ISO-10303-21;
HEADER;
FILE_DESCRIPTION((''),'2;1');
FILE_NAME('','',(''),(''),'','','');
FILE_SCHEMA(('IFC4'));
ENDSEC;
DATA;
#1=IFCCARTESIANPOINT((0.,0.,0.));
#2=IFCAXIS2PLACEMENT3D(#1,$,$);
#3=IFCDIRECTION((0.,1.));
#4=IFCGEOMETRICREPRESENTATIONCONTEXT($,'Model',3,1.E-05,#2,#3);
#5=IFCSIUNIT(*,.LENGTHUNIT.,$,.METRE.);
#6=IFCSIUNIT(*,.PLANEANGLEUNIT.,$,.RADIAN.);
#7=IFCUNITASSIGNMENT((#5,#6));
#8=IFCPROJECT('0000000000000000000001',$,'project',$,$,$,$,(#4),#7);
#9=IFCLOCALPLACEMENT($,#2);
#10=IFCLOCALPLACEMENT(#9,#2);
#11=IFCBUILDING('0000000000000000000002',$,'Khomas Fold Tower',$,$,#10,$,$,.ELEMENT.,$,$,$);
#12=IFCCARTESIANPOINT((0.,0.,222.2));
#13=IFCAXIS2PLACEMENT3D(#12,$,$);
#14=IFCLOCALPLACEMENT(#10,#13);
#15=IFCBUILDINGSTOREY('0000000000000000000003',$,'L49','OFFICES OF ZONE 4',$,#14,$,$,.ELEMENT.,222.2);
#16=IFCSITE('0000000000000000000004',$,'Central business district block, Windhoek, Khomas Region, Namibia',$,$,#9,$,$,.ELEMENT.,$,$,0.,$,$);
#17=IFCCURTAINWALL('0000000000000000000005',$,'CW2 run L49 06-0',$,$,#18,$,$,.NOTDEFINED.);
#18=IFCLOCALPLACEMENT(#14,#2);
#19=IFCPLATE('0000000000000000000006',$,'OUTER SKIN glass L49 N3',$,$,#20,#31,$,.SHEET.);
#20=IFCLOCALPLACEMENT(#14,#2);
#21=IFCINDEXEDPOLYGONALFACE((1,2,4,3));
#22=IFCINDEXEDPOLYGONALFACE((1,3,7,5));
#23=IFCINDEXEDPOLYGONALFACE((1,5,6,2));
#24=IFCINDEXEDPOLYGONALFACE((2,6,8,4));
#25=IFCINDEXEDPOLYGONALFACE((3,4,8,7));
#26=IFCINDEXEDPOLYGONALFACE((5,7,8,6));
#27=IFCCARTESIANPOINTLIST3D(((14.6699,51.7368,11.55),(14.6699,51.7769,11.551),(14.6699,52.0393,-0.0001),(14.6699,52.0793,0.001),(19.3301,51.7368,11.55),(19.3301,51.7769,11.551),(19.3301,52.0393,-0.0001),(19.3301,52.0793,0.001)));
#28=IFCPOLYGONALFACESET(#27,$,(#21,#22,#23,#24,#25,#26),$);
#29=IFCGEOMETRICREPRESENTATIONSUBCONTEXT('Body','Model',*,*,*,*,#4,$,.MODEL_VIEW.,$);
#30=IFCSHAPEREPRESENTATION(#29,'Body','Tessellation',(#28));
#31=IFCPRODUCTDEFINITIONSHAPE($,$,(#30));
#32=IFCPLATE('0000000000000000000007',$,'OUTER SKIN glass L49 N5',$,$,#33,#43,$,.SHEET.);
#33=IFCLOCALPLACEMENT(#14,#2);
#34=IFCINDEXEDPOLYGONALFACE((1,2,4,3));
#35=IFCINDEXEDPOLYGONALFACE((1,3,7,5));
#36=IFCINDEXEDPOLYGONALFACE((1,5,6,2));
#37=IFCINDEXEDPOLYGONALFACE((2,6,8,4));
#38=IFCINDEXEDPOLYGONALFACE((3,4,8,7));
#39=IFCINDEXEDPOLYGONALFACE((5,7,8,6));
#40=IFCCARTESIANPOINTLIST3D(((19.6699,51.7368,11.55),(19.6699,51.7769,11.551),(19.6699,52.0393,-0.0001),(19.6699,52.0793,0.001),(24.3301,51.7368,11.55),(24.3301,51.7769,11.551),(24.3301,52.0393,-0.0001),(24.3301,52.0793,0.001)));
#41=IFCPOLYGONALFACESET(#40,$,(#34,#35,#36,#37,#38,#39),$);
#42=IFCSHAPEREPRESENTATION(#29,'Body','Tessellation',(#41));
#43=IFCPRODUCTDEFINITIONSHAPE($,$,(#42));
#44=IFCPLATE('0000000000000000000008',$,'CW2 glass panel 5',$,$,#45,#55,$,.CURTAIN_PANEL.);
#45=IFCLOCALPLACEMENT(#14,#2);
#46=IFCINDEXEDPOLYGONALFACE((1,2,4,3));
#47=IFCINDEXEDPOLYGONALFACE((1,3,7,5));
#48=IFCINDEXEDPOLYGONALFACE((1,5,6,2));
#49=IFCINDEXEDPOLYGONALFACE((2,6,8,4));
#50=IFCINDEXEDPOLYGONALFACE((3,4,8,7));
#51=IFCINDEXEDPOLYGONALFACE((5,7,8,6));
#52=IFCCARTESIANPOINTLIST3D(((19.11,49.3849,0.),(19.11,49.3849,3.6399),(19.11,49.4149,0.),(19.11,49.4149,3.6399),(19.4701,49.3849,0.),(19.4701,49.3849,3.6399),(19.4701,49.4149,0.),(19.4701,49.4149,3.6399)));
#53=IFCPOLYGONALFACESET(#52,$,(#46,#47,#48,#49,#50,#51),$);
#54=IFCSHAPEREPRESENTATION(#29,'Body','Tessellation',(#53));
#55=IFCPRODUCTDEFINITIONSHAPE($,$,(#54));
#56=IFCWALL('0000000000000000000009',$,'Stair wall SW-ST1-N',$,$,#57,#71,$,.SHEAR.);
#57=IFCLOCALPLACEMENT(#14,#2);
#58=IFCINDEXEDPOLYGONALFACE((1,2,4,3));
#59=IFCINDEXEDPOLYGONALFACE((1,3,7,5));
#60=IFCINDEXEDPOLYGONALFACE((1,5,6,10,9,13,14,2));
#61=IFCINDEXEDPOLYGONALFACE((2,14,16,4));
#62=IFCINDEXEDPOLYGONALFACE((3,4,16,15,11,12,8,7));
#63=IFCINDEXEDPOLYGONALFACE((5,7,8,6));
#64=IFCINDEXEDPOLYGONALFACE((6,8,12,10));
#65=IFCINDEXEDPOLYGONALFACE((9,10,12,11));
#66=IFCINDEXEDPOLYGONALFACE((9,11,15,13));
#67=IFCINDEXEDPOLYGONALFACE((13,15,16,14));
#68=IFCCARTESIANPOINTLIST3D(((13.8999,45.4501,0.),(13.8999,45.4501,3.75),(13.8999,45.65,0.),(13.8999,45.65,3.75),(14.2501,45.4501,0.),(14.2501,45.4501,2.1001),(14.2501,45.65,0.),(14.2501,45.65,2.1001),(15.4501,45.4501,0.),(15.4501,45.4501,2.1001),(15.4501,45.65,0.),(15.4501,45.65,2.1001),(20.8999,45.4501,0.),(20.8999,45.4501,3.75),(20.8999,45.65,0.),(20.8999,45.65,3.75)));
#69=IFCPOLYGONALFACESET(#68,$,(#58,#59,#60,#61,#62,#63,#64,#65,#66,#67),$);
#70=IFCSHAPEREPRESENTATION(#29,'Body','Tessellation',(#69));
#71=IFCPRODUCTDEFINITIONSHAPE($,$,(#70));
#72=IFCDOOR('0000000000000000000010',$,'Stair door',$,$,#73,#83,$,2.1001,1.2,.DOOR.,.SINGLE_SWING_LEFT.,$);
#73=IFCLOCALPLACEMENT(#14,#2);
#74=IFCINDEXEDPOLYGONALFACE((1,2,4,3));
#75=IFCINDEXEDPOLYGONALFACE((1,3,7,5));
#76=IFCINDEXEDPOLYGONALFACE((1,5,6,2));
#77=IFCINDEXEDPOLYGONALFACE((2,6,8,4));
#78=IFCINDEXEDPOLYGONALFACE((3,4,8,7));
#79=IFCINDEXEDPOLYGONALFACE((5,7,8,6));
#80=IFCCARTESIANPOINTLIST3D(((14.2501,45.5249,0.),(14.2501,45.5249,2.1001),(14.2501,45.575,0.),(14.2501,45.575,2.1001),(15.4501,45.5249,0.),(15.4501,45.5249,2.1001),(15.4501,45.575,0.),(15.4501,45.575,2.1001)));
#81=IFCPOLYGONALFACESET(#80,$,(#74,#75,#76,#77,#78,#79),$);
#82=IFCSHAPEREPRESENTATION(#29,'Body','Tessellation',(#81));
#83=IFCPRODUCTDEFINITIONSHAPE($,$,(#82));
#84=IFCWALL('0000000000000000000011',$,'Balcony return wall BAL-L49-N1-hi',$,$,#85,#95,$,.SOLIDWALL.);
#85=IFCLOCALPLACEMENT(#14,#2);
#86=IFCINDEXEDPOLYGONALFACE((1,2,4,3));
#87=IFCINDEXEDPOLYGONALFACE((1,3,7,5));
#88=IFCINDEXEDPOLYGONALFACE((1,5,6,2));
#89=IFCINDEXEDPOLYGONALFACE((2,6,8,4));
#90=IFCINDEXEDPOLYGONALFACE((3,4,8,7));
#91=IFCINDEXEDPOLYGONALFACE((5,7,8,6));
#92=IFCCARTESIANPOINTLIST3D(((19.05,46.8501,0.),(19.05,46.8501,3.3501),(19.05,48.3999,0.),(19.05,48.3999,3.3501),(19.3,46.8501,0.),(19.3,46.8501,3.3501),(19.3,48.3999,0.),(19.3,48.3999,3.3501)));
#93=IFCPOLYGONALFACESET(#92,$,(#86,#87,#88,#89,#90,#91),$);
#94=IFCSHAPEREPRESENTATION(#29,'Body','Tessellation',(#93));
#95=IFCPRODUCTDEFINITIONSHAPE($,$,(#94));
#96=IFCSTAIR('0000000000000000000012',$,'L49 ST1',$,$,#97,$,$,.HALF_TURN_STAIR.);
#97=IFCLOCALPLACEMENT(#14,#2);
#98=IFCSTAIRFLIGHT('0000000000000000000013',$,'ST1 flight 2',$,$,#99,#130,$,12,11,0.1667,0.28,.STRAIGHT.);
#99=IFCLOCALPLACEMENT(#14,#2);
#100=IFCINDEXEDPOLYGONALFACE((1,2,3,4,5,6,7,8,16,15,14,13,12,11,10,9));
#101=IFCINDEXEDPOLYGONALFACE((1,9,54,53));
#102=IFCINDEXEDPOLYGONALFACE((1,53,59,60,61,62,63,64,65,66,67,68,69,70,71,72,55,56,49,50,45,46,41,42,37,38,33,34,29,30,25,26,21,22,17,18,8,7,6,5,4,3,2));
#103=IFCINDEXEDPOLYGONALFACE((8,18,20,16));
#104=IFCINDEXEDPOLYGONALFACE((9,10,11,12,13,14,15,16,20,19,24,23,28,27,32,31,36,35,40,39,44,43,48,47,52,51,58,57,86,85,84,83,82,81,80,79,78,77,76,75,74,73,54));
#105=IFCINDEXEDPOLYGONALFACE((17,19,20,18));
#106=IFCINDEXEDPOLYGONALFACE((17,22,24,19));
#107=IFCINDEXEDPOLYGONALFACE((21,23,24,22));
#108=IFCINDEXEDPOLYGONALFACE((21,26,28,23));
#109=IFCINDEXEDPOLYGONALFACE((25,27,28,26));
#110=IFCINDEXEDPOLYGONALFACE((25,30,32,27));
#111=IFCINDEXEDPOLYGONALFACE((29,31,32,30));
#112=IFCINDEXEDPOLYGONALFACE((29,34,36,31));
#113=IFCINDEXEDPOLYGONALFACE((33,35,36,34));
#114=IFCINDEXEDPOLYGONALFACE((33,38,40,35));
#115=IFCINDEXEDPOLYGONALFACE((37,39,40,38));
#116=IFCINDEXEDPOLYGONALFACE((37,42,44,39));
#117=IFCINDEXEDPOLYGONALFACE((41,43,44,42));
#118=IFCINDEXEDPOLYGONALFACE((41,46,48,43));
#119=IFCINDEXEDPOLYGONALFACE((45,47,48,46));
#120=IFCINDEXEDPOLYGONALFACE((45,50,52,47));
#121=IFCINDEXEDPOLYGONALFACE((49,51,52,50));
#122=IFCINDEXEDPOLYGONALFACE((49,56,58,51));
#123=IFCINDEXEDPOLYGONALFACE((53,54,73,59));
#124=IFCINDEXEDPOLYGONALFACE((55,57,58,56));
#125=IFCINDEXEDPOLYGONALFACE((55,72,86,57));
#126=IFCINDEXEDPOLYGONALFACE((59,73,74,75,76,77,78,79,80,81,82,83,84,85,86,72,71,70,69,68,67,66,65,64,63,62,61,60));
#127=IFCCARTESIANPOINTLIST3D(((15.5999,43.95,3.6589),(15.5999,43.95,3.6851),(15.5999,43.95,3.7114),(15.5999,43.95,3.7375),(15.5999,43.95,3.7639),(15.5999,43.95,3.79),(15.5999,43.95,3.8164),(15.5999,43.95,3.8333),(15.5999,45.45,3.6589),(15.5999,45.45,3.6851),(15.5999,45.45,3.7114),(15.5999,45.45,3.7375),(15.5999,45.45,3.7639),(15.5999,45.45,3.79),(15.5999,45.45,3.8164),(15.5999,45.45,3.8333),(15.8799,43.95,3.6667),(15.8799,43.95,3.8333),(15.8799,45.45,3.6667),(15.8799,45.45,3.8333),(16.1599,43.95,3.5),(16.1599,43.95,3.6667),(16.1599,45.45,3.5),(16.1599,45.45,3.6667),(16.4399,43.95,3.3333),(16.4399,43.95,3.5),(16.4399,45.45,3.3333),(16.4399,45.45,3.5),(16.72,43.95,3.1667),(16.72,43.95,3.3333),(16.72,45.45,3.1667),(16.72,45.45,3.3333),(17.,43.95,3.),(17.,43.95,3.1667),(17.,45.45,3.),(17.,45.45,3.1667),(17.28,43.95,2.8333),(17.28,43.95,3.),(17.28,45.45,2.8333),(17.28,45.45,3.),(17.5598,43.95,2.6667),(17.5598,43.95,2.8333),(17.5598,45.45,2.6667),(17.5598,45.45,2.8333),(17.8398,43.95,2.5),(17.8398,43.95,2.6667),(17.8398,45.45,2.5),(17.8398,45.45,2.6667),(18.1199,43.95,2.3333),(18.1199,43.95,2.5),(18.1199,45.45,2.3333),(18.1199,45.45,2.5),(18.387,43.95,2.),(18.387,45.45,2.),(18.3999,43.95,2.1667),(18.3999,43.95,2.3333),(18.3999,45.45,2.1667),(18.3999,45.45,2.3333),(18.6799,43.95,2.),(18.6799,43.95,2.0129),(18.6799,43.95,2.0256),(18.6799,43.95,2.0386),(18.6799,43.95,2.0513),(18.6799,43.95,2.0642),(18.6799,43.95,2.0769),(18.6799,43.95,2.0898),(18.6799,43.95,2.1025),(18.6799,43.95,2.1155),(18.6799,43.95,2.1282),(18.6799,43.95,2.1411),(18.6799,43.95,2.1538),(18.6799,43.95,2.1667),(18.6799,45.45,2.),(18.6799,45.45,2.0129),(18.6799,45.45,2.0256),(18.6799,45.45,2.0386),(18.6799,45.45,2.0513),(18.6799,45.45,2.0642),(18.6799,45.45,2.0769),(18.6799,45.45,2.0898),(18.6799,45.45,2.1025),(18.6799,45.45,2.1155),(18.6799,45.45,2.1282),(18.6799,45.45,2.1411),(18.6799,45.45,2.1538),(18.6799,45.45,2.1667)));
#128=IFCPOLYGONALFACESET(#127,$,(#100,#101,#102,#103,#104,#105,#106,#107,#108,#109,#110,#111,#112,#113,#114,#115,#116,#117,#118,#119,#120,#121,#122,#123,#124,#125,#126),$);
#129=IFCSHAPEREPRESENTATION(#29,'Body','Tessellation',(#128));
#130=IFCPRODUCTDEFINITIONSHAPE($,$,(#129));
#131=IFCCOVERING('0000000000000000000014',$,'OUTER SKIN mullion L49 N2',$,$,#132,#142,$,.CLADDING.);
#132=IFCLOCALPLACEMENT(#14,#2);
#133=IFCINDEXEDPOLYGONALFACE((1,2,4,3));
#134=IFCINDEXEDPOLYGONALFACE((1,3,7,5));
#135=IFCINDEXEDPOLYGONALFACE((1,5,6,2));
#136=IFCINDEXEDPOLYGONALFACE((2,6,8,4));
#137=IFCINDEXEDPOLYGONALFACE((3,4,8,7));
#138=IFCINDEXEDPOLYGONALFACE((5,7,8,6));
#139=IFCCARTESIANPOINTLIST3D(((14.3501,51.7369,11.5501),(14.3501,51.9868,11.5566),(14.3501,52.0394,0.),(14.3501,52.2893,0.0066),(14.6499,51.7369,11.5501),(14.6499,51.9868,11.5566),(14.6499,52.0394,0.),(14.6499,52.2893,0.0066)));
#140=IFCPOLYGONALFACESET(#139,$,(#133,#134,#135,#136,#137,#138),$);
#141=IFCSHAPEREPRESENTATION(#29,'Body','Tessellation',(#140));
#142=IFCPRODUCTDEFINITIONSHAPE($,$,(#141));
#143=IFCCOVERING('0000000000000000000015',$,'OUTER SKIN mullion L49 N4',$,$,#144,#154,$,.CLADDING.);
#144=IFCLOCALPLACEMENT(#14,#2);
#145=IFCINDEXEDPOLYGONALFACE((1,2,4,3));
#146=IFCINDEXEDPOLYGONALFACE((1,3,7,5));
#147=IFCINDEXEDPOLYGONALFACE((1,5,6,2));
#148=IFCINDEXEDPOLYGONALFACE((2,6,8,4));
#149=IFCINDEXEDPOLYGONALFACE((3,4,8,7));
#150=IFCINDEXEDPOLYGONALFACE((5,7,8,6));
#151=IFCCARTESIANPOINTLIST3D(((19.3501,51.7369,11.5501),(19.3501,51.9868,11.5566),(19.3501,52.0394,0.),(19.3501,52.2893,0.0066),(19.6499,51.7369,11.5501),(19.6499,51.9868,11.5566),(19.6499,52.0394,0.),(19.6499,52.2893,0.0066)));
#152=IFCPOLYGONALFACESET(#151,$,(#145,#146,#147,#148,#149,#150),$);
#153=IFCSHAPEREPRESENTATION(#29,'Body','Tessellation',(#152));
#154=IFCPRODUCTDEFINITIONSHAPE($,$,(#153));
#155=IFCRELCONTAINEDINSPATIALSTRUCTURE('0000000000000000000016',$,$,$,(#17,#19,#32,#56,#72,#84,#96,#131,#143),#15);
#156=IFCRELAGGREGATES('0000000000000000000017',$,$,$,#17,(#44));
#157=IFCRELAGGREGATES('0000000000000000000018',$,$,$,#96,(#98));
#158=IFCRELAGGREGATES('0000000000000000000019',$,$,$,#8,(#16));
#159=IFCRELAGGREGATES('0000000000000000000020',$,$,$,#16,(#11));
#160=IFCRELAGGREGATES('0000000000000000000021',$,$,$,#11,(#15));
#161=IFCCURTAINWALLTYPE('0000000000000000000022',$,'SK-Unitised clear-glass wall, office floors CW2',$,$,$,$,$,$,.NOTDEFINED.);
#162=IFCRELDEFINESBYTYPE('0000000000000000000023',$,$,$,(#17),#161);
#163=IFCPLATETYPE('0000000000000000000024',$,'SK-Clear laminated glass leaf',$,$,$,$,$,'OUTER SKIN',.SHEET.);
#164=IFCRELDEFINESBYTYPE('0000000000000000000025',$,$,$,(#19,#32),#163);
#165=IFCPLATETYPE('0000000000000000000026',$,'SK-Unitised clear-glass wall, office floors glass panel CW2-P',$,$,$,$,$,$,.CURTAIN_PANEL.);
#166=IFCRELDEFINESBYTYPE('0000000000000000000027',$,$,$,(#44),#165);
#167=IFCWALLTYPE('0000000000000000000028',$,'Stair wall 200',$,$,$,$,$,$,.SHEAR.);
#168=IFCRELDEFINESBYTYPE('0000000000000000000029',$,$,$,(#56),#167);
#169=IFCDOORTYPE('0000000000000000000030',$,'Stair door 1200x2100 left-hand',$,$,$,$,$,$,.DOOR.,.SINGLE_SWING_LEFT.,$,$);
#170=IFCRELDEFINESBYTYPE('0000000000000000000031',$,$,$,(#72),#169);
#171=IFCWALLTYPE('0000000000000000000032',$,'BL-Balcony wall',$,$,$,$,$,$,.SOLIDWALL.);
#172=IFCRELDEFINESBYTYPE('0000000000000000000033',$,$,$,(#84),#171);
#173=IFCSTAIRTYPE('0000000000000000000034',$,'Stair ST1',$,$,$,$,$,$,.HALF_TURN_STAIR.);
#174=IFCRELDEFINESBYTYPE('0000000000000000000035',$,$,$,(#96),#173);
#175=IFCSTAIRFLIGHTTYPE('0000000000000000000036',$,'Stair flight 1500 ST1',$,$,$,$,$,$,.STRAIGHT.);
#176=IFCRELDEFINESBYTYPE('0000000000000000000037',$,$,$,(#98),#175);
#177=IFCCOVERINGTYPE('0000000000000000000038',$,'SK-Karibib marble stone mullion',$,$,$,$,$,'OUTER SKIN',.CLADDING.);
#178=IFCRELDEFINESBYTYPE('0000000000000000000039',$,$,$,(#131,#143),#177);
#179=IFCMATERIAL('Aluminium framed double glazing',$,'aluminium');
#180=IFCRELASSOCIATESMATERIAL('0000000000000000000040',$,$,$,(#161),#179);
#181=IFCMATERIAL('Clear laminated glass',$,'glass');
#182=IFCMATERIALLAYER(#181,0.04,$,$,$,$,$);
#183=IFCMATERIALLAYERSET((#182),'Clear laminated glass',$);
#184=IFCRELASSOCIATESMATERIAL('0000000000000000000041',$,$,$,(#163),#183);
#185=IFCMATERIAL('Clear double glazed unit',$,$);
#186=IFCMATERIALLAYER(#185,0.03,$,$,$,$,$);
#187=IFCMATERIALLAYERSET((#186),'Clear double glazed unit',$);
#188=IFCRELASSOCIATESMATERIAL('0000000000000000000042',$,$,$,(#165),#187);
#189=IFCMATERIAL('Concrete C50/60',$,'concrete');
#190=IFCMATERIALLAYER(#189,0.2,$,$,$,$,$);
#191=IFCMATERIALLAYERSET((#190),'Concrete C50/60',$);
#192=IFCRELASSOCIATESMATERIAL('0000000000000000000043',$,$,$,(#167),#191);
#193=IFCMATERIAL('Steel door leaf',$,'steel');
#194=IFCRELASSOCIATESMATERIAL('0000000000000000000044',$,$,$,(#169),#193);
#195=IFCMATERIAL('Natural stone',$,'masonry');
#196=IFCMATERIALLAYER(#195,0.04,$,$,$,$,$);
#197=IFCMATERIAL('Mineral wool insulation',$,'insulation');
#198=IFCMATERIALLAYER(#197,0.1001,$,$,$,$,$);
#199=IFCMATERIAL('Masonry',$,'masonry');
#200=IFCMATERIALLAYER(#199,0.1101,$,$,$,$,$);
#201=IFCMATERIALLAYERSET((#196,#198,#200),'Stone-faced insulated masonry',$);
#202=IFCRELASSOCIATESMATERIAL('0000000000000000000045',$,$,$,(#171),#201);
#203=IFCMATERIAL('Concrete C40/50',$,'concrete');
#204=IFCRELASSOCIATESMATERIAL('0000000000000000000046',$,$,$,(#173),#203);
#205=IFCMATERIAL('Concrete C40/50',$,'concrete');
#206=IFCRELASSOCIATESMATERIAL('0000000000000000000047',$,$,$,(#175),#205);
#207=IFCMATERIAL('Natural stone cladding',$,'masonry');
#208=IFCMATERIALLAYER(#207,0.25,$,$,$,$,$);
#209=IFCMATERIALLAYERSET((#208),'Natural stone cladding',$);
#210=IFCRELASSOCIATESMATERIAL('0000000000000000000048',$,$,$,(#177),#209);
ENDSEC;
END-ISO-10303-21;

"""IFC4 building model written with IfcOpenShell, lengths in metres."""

from ifc_helpers import new_model, si_unit, direction, frame, frame_2d, origin, origin_2d, place, context, subcontext, project, spatial, polyline, rectangle, outline, extrude, source, transform, mapped, material, layer, layer_set, type_object, element, fill, aggregate, save


model = new_model("IFC4")

# Units and contexts
model_context = context("Model", 3, precision=1e-05, world=origin(), true_north=direction((0.0, 1.0)))
body_context = subcontext(model_context, "Body", "Model", "MODEL_VIEW")
ifc_project = project(units=[si_unit("LENGTHUNIT", "METRE"), si_unit("PLANEANGLEUNIT", "RADIAN")], contexts=[model_context])

# Site, building, storey
site_placement = place(None, origin())
site = spatial("IfcSite", under=ifc_project, at=site_placement, Name="Central business district block, Windhoek, Khomas Region, Namibia", CompositionType="ELEMENT", RefElevation=0.0)
building_placement = place(site_placement, origin())
building = spatial("IfcBuilding", under=site, at=building_placement, Name="Khomas Fold Tower", CompositionType="ELEMENT")
storey_placement = place(building_placement, frame((0.0, 0.0, 222.2)))
storey = spatial("IfcBuildingStorey", under=building, at=storey_placement, Name="L49", Description="OFFICES OF ZONE 4", CompositionType="ELEMENT", Elevation=222.2)

# Curtain wall
ifc_material_1 = material(Name="Aluminium framed double glazing", Category="aluminium")
curtain_wall_type = type_object("IfcCurtainWallType", Name="SK-Unitised clear-glass wall, office floors CW2", PredefinedType="NOTDEFINED", material=ifc_material_1)
curtain_wall_1_placement = place(storey_placement, origin())
curtain_wall_1 = element("IfcCurtainWall", 1, at=curtain_wall_1_placement, inside=storey, type_object=curtain_wall_type, Name="CW2 run L49 06-0", PredefinedType="NOTDEFINED")

# Plates
ifc_material_2 = material(Name="Clear laminated glass", Category="glass")
ifc_layer_1 = layer(ifc_material_2, 0.04)
ifc_layer_set_1 = layer_set([ifc_layer_1], Name="Clear laminated glass")
plate_type_1 = type_object("IfcPlateType", Name="SK-Clear laminated glass leaf", ElementType="OUTER SKIN", PredefinedType="SHEET", material=ifc_layer_set_1)
for number, where, z_axis, x_axis, name in (
    (2, (14.6699, 52.0793, 0.001), (0.0, 0.999657, 0.026181), (1.0, 0.0, 0.0), "OUTER SKIN glass L49 N3"),
    (3, (19.6699, 52.0793, 0.001), (0.0, 0.999657, 0.026181), (1.0, 0.0, 0.0), "OUTER SKIN glass L49 N5"),
):
    element("IfcPlate", number, at=place(storey_placement, frame(where, z_axis=z_axis, x_axis=x_axis)), inside=storey, type_object=plate_type_1, Name=name, PredefinedType="SHEET", context=body_context, shape_type="SweptSolid", body=[
        extrude(outline(polyline([(0.0, 0.0), (4.6602, 0.0), (4.6602, -11.554), (0.0, -11.554), (0.0, 0.0)])), origin(), (0.0, 0.0, -1.0), 0.04),
    ])

# Plate
ifc_material_3 = material(Name="Clear double glazed unit")
ifc_layer_2 = layer(ifc_material_3, 0.03)
ifc_layer_set_2 = layer_set([ifc_layer_2], Name="Clear double glazed unit")
plate_type_2 = type_object("IfcPlateType", Name="SK-Unitised clear-glass wall, office floors glass panel CW2-P", PredefinedType="CURTAIN_PANEL", material=ifc_layer_set_2)
shared_shape_1 = source(origin(), body_context, "Body", "SweptSolid", [
    extrude(rectangle(XDim=0.3601, YDim=0.03, at=origin_2d()), origin(), (0.0, 0.0, 1.0), 3.6399),
])
plate_placement = place(storey_placement, frame((19.29, 49.3999, 0.0), z_axis=(0.0, 0.0, 1.0), x_axis=(-1.0, 0.0, 0.0)))
plate = element("IfcPlate", 4, at=plate_placement, type_object=plate_type_2, Name="CW2 glass panel 5", PredefinedType="CURTAIN_PANEL", context=body_context, shape_type="MappedRepresentation", body=[
    mapped(shared_shape_1, transform((0.0, 0.0, 0.0))),
])
aggregate(curtain_wall_1, [plate])

# Wall, opening, door
ifc_material_4 = material(Name="Concrete C50/60", Category="concrete")
ifc_layer_3 = layer(ifc_material_4, 0.2)
ifc_layer_set_3 = layer_set([ifc_layer_3], Name="Concrete C50/60")
wall_type_1 = type_object("IfcWallType", Name="Stair wall 200", PredefinedType="SHEAR", material=ifc_layer_set_3)
shared_shape_2 = source(origin(), body_context, "Body", "SweptSolid", [
    extrude(rectangle(XDim=7.0, YDim=0.2, at=frame_2d((3.5, 0.0))), origin(), (0.0, 0.0, 1.0), 3.75),
])
wall_1_placement = place(storey_placement, frame((13.8999, 45.55, 0.0), z_axis=(0.0, 0.0, 1.0), x_axis=(1.0, 0.0, 0.0)))
wall_1 = element("IfcWall", 5, at=wall_1_placement, inside=storey, type_object=wall_type_1, Name="Stair wall SW-ST1-N", PredefinedType="SHEAR", context=body_context, shape_type="MappedRepresentation", body=[
    mapped(shared_shape_2, transform((0.0, 0.0, 0.0))),
])
shared_shape_3 = source(origin(), body_context, "Body", "SweptSolid", [
    extrude(rectangle(XDim=1.2, YDim=2.1001, at=frame_2d((0.6001, 1.05))), frame((0.0, 0.1099, 0.0), z_axis=(0.0, -1.0, 0.0), x_axis=(1.0, 0.0, 0.0)), (0.0, 0.0, 1.0), 0.22),
])
opening_1_placement = place(wall_1_placement, frame((0.3501, 0.0, 0.0)))
opening_1 = element("IfcOpeningElement", 6, at=opening_1_placement, cuts=wall_1, PredefinedType="OPENING", context=body_context, shape_type="MappedRepresentation", body=[
    mapped(shared_shape_3, transform((0.0, 0.0, 0.0))),
])
ifc_material_5 = material(Name="Steel door leaf", Category="steel")
door_type_1 = type_object("IfcDoorType", Name="Stair door 1200x2100 left-hand", OperationType="SINGLE_SWING_LEFT", PredefinedType="DOOR", material=ifc_material_5)
shared_shape_4 = source(origin(), body_context, "Body", "SweptSolid", [
    extrude(rectangle(XDim=1.2, YDim=2.1001, at=frame_2d((0.6001, 1.05))), frame((0.0, 0.0249, 0.0), z_axis=(0.0, -1.0, 0.0), x_axis=(1.0, 0.0, 0.0)), (0.0, 0.0, 1.0), 0.05),
])
door_1_placement = place(opening_1_placement, origin())
door_1 = element("IfcDoor", 7, at=door_1_placement, inside=storey, type_object=door_type_1, Name="Stair door", OperationType="SINGLE_SWING_LEFT", OverallHeight=2.1001, OverallWidth=1.2, PredefinedType="DOOR", context=body_context, shape_type="MappedRepresentation", body=[
    mapped(shared_shape_4, transform((0.0, 0.0, 0.0))),
])
fill(opening_1, door_1)

# Shared definitions
ifc_material_6 = material(Name="Natural stone", Category="masonry")
ifc_layer_4 = layer(ifc_material_6, 0.04)
ifc_material_7 = material(Name="Mineral wool insulation", Category="insulation")
ifc_layer_5 = layer(ifc_material_7, 0.1001)
ifc_material_8 = material(Name="Masonry", Category="masonry")
ifc_layer_6 = layer(ifc_material_8, 0.1101)
ifc_layer_set_4 = layer_set([ifc_layer_4, ifc_layer_5, ifc_layer_6], Name="Stone-faced insulated masonry")
wall_type_2 = type_object("IfcWallType", Name="BL-Balcony wall", PredefinedType="SOLIDWALL", material=ifc_layer_set_4)

# Wall
shared_shape_5 = source(origin(), body_context, "Body", "SweptSolid", [
    extrude(rectangle(XDim=1.5498, YDim=0.25, at=frame_2d((0.7749, 0.0))), origin(), (0.0, 0.0, 1.0), 3.3501),
])
wall_2_placement = place(storey_placement, frame((19.175, 48.3999, 0.0), z_axis=(0.0, 0.0, 1.0), x_axis=(0.0, -1.0, 0.0)))
element("IfcWall", 8, at=wall_2_placement, inside=storey, type_object=wall_type_2, Name="Balcony return wall BAL-L49-N1-hi", PredefinedType="SOLIDWALL", context=body_context, shape_type="MappedRepresentation", body=[
    mapped(shared_shape_5, transform((0.0, 0.0, 0.0))),
])

# Stair, stair flight
ifc_material_9 = material(Name="Concrete C40/50", Category="concrete")
stair_type = type_object("IfcStairType", Name="Stair ST1", PredefinedType="HALF_TURN_STAIR", material=ifc_material_9)
stair_placement = place(storey_placement, origin())
stair = element("IfcStair", 9, at=stair_placement, inside=storey, type_object=stair_type, Name="L49 ST1", PredefinedType="HALF_TURN_STAIR")
ifc_material_10 = material(Name="Concrete C40/50", Category="concrete")
stair_flight_type = type_object("IfcStairFlightType", Name="Stair flight 1500 ST1", PredefinedType="STRAIGHT", material=ifc_material_10)
shared_shape_6 = source(origin(), body_context, "Body", "SweptSolid", [
    extrude(outline(polyline([(0.0, 0.0), (0.0, 0.0129), (0.0, 0.0256), (0.0, 0.0386), (0.0, 0.0513), (0.0, 0.0642), (0.0, 0.0769), (0.0, 0.0898), (0.0, 0.1025), (0.0, 0.1155), (0.0, 0.1282), (0.0, 0.1411), (0.0, 0.1538), (0.0, 0.1667), (0.28, 0.1667), (0.28, 0.3333), (0.5601, 0.3333), (0.5601, 0.5), (0.8401, 0.5), (0.8401, 0.6667), (1.1201, 0.6667), (1.1201, 0.8333), (1.3999, 0.8333), (1.3999, 1.0), (1.6799, 1.0), (1.6799, 1.1667), (1.96, 1.1667), (1.96, 1.3333), (2.24, 1.3333), (2.24, 1.5), (2.52, 1.5), (2.52, 1.6667), (2.8, 1.6667), (2.8, 1.8333), (3.0801, 1.8333), (3.0801, 2.0), (3.0801, 1.9739), (3.0801, 1.9475), (3.0801, 1.9214), (3.0801, 1.895), (3.0801, 1.8689), (3.0801, 1.8425), (3.0801, 1.8164), (3.0801, 1.79), (3.0801, 1.7639), (3.0801, 1.7375), (3.0801, 1.7114), (3.0801, 1.6851), (3.0801, 1.6589), (0.293, 0.0), (0.0, 0.0)])), frame((0.0, 0.75, 0.0), z_axis=(0.0, -1.0, 0.0), x_axis=(1.0, 0.0, 0.0)), (0.0, 0.0, 1.0), 1.5),
])
stair_flight_placement = place(storey_placement, frame((18.6799, 44.7, 2.0), z_axis=(0.0, 0.0, 1.0), x_axis=(-1.0, 0.0, 0.0)))
stair_flight = element("IfcStairFlight", 10, at=stair_flight_placement, type_object=stair_flight_type, Name="ST1 flight 2", NumberOfRisers=12, NumberOfTreads=11, PredefinedType="STRAIGHT", RiserHeight=0.1667, TreadLength=0.28, context=body_context, shape_type="MappedRepresentation", body=[
    mapped(shared_shape_6, transform((0.0, 0.0, 0.0))),
])
aggregate(stair, [stair_flight])

# Coverings
ifc_material_11 = material(Name="Natural stone cladding", Category="masonry")
ifc_layer_7 = layer(ifc_material_11, 0.25)
ifc_layer_set_5 = layer_set([ifc_layer_7], Name="Natural stone cladding")
covering_type_1 = type_object("IfcCoveringType", Name="SK-Karibib marble stone mullion", ElementType="OUTER SKIN", PredefinedType="CLADDING", material=ifc_layer_set_5)
for number, where, z_axis, x_axis, name in (
    (11, (14.3501, 52.2893, 0.0066), (0.0, 0.999657, 0.026181), (1.0, 0.0, 0.0), "OUTER SKIN mullion L49 N2"),
    (12, (19.3501, 52.2893, 0.0066), (0.0, 0.999657, 0.026181), (1.0, 0.0, 0.0), "OUTER SKIN mullion L49 N4"),
):
    element("IfcCovering", number, at=place(storey_placement, frame(where, z_axis=z_axis, x_axis=x_axis)), inside=storey, type_object=covering_type_1, Name=name, PredefinedType="CLADDING", context=body_context, shape_type="SweptSolid", body=[
        extrude(outline(polyline([(0.0, 0.0), (0.2998, 0.0), (0.2998, -11.554), (0.0, -11.554), (0.0, 0.0)])), origin(), (0.0, 0.0, -1.0), 0.25),
    ])

save(model, "model.ifc")
